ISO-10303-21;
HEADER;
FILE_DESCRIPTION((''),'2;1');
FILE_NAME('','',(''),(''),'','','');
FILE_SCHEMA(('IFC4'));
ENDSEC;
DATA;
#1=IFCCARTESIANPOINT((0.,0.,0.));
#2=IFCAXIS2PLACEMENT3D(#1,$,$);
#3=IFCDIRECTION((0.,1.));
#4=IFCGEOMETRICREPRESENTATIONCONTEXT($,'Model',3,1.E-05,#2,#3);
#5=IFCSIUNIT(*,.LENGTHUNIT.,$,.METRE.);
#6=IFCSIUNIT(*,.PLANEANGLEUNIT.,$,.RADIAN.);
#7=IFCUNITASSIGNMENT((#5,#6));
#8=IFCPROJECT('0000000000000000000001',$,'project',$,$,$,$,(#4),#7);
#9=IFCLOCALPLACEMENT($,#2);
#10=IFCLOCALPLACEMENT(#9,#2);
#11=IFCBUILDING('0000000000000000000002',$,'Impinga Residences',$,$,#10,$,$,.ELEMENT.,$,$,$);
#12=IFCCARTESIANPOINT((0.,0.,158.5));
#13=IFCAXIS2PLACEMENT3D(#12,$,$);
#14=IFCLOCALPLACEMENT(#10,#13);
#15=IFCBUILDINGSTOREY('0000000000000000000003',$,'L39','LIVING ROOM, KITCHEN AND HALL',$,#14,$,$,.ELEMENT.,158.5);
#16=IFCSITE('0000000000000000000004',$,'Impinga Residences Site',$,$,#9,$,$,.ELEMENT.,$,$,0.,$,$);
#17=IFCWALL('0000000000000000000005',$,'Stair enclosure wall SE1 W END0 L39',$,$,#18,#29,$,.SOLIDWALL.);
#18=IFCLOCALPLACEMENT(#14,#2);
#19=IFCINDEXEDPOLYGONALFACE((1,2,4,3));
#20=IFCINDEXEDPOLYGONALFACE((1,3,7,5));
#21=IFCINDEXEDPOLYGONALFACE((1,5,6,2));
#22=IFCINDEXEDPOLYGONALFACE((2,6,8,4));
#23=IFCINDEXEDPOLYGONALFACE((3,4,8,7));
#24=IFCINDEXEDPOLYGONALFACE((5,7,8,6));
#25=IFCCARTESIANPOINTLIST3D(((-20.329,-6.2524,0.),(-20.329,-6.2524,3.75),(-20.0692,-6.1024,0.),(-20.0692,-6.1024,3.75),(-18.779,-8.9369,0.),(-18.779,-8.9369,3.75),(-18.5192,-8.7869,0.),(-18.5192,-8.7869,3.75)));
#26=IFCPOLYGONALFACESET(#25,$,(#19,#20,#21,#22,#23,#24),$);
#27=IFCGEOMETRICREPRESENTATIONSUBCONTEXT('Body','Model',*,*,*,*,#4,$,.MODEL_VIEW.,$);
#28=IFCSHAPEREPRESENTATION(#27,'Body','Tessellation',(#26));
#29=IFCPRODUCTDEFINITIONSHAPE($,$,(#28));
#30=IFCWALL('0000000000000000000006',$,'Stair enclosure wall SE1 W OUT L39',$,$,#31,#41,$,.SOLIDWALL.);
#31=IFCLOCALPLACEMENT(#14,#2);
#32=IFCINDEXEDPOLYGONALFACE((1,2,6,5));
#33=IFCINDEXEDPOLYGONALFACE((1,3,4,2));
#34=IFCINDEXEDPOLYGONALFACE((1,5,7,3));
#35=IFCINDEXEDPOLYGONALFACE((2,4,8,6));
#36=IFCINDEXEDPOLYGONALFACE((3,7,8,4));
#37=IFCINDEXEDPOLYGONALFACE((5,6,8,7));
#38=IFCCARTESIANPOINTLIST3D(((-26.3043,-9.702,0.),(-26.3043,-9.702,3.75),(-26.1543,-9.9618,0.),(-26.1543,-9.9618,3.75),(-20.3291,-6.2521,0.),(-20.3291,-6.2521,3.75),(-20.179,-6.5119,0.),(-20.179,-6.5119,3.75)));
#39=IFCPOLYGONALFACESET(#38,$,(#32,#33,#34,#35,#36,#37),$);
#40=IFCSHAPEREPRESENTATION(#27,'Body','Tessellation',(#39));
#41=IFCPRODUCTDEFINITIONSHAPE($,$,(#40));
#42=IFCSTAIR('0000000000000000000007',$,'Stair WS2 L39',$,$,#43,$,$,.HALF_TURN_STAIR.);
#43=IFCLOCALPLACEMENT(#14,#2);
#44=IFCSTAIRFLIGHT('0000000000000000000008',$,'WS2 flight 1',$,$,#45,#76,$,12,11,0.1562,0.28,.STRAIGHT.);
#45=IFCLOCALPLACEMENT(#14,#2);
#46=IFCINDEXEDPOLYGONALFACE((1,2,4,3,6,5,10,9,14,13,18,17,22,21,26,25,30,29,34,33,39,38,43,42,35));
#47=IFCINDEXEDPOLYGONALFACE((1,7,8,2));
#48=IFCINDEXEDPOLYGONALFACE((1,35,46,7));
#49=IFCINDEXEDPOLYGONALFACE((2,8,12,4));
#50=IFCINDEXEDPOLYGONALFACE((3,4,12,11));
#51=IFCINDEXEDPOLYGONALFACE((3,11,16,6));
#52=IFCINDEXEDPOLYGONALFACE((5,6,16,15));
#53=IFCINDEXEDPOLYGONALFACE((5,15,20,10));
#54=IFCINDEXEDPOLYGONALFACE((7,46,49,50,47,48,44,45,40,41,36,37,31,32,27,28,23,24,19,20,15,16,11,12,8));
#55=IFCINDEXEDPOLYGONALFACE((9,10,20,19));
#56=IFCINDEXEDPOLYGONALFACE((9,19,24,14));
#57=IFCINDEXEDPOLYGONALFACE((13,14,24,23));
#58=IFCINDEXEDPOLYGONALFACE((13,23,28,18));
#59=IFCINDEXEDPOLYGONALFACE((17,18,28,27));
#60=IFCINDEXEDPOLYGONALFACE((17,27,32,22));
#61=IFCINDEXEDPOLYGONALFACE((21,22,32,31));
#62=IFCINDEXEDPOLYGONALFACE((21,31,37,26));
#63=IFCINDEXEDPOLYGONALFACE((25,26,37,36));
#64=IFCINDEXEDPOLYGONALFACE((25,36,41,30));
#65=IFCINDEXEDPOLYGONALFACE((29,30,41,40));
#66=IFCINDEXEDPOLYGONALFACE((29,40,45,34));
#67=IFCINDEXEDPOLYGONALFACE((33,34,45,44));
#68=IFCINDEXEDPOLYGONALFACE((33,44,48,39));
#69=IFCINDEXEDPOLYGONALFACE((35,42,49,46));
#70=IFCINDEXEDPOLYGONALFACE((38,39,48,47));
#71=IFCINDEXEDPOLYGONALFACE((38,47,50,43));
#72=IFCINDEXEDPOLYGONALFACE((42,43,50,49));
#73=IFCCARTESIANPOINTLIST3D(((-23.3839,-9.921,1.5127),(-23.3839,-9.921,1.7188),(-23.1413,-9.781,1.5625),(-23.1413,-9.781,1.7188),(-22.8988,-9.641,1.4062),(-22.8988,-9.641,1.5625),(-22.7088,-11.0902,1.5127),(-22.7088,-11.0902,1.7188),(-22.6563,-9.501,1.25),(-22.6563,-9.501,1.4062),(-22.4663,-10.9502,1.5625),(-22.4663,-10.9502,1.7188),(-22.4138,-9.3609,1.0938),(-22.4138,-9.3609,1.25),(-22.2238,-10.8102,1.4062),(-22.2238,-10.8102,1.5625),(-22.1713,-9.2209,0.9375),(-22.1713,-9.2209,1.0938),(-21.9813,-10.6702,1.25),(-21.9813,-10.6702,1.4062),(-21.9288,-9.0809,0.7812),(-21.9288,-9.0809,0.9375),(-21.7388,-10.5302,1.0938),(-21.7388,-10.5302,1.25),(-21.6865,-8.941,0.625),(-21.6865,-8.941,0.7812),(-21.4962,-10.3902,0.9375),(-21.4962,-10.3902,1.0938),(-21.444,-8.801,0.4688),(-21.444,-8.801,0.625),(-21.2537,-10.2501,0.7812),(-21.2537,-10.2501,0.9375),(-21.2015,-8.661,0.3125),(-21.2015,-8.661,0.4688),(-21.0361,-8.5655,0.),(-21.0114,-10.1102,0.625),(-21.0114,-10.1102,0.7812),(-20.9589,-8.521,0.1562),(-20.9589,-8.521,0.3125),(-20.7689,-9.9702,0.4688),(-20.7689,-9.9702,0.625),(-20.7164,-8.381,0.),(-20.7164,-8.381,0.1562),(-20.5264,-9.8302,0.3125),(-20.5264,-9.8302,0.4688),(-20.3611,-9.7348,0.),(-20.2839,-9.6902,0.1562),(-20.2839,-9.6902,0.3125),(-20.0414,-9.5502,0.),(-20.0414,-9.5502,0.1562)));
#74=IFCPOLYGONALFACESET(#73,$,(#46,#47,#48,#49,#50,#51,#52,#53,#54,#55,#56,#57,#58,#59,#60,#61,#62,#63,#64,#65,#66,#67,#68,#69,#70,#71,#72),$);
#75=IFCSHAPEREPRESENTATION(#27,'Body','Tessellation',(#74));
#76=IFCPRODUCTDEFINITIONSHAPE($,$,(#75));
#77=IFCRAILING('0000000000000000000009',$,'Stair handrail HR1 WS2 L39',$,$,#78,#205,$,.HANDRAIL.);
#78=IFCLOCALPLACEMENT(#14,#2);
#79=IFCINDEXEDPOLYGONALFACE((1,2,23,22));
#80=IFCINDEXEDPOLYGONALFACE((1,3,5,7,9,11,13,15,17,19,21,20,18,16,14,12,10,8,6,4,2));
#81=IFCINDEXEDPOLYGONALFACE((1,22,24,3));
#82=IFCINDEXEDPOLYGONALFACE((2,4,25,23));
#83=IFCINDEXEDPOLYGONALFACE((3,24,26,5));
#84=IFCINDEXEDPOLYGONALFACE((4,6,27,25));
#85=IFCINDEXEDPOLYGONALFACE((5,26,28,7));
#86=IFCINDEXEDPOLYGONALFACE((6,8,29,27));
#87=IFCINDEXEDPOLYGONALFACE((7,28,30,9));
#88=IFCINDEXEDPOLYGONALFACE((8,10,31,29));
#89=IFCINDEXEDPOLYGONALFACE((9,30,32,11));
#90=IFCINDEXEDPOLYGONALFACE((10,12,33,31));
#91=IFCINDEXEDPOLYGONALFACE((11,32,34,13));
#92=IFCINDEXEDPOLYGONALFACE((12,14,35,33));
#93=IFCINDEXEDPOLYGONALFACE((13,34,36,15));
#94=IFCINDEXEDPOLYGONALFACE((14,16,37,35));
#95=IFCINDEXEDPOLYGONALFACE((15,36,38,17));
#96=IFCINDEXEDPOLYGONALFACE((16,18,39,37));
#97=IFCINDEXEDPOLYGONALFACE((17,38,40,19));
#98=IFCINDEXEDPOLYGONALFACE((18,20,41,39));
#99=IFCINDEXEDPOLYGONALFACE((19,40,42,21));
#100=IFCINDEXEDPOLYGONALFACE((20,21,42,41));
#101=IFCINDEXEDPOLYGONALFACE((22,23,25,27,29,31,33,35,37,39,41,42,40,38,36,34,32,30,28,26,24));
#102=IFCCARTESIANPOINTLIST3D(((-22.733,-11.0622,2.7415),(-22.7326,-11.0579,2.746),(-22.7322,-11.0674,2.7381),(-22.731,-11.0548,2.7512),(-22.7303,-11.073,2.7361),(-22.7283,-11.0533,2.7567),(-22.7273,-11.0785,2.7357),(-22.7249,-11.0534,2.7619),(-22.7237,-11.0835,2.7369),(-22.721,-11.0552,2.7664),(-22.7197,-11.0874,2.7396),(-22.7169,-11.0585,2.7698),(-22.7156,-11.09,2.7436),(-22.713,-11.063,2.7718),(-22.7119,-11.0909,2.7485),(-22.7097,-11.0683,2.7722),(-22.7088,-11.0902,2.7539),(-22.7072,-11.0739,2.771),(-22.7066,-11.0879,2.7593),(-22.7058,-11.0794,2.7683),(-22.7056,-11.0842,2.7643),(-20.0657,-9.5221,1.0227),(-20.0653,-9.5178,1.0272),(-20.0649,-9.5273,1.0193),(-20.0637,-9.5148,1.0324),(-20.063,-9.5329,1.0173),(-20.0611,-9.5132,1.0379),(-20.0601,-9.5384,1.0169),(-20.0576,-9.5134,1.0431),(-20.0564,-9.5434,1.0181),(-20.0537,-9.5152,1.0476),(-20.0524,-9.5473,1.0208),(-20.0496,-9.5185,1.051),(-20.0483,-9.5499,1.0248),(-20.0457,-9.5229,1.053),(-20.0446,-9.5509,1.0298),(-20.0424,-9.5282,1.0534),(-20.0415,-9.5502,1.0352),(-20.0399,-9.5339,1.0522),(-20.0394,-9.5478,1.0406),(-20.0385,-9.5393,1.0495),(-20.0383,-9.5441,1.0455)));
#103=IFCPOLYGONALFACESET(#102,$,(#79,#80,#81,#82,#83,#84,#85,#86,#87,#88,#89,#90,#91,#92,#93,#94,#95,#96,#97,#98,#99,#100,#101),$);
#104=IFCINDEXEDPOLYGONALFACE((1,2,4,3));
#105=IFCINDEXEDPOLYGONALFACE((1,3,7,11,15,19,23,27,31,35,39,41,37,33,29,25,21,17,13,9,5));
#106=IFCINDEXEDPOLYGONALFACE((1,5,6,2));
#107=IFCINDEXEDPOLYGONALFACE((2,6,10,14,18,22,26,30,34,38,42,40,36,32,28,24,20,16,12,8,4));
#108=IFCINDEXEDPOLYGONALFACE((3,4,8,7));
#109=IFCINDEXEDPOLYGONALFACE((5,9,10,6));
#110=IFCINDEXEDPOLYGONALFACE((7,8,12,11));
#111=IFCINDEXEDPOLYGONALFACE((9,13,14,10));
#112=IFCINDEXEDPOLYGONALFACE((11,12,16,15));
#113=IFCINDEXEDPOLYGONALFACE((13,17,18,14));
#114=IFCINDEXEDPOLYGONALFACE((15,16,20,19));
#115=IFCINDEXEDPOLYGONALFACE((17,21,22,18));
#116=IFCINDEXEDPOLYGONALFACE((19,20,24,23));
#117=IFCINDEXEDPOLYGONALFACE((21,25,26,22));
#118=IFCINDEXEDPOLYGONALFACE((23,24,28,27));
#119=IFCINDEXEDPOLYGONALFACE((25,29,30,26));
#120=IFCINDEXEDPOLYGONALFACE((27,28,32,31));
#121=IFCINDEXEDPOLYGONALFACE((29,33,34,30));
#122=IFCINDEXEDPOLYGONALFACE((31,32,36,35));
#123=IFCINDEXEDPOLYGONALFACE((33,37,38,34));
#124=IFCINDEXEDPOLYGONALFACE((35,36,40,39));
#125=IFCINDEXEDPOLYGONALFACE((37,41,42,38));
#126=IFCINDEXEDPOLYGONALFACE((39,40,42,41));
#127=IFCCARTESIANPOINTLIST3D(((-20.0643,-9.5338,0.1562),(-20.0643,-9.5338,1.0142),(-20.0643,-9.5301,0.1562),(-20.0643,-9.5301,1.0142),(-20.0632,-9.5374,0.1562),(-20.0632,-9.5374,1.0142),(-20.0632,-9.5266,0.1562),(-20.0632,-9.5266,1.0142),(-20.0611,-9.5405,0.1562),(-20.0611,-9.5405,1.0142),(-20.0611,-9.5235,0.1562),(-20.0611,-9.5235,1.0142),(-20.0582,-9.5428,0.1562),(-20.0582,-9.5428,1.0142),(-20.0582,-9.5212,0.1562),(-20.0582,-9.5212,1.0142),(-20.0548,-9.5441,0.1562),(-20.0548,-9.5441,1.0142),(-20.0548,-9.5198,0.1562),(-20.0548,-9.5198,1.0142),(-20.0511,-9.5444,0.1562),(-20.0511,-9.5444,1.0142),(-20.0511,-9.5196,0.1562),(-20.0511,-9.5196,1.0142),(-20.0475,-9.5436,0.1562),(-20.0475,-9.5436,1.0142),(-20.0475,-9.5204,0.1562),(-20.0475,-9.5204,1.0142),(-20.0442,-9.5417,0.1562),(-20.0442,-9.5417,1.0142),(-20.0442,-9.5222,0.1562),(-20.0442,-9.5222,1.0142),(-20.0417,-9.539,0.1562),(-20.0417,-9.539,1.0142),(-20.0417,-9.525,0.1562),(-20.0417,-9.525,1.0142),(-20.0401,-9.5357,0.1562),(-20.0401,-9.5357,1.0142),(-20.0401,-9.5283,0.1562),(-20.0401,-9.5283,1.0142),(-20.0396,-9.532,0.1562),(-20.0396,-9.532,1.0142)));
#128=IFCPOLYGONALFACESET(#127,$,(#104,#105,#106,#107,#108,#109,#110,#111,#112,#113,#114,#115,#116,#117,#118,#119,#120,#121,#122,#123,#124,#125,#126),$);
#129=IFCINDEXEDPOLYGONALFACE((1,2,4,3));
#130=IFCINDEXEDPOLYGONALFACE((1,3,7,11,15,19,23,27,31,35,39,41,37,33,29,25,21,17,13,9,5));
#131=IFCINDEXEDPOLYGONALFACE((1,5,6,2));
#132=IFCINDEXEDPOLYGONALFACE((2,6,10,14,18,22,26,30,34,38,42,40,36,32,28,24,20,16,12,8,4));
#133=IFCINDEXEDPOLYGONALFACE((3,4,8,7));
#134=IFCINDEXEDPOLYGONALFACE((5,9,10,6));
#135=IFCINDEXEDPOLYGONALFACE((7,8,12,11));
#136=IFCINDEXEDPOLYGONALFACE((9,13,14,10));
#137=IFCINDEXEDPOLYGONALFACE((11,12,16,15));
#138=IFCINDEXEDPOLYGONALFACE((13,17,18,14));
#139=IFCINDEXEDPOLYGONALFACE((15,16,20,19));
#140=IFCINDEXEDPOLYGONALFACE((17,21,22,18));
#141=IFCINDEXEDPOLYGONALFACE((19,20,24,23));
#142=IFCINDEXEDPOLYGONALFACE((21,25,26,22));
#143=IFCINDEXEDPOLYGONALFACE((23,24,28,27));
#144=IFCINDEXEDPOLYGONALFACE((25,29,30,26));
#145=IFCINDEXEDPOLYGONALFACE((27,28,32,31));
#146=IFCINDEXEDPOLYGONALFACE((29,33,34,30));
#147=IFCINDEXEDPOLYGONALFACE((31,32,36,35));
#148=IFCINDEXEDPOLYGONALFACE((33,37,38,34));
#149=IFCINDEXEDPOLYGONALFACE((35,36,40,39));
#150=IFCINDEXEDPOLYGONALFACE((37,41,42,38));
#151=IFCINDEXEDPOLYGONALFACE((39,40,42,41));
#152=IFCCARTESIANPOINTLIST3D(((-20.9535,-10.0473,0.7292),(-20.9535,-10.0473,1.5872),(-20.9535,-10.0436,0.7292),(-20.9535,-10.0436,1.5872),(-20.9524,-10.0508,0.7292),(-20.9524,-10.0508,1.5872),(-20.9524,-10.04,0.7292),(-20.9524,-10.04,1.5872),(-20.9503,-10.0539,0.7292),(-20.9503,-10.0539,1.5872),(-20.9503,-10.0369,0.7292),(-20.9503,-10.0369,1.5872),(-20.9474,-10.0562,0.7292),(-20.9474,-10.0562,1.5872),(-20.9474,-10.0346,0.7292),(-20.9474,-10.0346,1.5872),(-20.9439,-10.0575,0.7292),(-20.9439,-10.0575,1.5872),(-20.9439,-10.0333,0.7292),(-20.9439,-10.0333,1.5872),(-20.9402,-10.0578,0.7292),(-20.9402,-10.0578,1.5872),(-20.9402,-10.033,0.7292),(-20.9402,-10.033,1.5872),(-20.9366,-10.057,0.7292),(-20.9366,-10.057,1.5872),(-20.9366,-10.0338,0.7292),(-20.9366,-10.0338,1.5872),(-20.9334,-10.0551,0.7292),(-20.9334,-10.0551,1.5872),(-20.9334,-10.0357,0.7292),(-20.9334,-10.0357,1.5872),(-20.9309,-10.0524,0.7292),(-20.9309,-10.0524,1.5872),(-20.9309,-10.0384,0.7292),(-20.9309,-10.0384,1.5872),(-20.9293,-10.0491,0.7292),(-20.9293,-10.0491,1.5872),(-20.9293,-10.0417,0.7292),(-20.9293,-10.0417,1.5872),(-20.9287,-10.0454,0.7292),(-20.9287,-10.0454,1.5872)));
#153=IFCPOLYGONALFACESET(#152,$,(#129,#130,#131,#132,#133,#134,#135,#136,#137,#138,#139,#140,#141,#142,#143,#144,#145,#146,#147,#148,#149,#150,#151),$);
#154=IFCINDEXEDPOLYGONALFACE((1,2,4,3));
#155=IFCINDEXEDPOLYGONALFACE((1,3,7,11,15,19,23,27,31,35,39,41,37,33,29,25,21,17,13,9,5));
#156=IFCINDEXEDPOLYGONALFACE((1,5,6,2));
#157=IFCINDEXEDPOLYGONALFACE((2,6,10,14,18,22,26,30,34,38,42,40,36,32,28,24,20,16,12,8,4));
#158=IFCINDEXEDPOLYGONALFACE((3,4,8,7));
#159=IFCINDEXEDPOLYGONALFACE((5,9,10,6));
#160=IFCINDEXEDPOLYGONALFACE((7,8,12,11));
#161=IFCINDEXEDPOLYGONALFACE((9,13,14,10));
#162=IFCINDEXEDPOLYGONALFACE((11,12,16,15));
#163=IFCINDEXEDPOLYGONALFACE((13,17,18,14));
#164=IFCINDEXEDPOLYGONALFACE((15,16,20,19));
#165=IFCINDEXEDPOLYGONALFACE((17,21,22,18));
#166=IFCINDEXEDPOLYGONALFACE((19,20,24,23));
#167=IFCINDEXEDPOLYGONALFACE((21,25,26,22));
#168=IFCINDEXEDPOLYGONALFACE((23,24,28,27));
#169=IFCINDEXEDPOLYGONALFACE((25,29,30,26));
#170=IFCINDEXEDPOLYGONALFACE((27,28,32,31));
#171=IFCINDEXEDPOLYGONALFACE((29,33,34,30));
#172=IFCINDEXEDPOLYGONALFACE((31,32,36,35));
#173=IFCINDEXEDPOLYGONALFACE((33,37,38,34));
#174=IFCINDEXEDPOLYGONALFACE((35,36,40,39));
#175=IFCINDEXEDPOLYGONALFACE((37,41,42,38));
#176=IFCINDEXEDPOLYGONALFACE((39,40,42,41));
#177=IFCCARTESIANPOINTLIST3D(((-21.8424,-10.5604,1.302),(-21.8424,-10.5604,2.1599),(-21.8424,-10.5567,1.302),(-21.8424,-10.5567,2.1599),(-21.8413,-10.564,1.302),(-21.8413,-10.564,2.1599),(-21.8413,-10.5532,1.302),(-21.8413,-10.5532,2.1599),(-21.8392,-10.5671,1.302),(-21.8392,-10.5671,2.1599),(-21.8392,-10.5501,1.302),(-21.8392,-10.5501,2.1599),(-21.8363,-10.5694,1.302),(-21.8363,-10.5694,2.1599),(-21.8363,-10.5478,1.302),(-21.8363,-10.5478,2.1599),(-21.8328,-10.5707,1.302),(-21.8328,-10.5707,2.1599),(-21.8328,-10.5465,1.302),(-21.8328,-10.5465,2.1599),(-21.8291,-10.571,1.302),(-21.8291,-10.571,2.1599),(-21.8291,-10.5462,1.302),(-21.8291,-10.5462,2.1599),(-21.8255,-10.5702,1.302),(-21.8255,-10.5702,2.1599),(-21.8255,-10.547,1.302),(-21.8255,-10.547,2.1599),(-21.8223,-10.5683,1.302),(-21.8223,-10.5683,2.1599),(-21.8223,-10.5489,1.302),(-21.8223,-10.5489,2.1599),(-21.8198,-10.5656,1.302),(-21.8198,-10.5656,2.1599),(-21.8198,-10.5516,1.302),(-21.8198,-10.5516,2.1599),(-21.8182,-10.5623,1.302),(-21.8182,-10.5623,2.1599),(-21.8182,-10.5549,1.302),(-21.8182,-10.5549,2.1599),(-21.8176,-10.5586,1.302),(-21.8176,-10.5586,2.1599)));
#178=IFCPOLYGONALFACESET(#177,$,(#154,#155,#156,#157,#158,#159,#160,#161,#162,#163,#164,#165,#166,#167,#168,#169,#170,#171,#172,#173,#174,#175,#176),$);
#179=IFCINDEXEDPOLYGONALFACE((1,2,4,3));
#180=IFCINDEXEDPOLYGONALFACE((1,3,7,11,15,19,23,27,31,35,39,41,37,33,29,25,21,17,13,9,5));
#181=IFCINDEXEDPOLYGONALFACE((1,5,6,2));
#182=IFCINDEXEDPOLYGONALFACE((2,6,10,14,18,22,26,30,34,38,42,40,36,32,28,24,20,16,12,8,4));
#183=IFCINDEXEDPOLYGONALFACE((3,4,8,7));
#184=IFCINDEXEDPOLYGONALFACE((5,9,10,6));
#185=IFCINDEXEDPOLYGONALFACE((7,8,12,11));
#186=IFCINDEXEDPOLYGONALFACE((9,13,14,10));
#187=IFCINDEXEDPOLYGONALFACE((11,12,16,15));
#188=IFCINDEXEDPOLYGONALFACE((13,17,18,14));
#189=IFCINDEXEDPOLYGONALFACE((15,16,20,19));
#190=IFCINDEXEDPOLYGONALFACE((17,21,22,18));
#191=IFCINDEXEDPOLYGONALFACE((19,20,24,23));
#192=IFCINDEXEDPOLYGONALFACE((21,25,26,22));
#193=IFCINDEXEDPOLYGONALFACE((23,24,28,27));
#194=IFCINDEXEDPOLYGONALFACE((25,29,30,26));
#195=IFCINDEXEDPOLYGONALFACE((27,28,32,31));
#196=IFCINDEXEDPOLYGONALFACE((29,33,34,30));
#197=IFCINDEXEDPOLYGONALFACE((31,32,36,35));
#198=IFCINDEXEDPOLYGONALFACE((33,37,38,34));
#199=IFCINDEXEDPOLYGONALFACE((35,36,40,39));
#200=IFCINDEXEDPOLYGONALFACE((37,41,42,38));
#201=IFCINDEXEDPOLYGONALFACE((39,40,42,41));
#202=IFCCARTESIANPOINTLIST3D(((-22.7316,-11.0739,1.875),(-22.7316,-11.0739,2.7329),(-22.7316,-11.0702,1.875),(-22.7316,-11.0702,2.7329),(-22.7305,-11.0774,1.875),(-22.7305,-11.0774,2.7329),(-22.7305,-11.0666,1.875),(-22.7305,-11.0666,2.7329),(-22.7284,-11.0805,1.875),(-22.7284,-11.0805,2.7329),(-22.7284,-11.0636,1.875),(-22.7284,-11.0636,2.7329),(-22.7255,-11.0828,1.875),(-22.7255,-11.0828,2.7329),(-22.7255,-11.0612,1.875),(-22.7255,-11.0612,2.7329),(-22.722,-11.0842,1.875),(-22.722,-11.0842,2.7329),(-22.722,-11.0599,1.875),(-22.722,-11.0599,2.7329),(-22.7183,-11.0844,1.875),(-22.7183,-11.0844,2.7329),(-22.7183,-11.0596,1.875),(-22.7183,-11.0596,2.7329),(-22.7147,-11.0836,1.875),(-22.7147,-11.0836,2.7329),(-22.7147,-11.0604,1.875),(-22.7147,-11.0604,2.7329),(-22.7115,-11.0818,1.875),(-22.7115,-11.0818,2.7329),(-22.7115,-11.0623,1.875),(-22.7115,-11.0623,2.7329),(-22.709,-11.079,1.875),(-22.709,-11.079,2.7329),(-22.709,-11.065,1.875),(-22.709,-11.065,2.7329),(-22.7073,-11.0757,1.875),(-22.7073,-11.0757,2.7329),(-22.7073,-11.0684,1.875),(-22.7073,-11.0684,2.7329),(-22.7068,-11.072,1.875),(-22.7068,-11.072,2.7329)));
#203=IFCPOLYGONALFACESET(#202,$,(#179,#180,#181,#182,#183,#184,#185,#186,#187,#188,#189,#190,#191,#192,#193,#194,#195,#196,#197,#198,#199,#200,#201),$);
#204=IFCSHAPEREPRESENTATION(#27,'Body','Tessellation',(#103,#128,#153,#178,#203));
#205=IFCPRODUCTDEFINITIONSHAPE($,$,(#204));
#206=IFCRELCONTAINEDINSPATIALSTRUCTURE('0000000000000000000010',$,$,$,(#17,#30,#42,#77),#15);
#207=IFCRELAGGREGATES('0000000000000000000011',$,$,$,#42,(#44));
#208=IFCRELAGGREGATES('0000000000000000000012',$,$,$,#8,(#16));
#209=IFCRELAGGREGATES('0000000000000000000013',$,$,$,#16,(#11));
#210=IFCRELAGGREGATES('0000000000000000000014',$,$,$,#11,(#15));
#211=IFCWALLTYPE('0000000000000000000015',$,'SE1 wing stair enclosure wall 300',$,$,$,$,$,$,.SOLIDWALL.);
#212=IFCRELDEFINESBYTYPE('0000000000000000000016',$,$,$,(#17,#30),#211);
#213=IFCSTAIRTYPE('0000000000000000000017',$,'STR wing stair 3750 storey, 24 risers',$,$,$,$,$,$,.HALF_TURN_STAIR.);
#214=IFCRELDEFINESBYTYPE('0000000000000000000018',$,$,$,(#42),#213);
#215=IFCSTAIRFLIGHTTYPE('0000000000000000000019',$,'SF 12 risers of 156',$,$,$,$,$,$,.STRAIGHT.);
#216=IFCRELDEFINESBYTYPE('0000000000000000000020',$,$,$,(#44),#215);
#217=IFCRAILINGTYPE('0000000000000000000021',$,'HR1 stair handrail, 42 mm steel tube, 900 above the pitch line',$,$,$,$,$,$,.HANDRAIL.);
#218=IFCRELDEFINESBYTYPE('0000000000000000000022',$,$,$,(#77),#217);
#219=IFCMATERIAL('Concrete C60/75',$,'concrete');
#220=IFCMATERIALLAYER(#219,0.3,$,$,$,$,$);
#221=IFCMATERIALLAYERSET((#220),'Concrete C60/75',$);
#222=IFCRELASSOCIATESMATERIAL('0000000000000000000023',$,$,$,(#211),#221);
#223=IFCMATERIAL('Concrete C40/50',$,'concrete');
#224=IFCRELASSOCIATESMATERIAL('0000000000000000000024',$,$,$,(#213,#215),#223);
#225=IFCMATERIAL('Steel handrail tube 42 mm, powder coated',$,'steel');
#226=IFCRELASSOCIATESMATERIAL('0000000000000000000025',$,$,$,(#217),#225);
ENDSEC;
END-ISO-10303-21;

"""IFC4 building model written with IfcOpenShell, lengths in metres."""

from ifc_helpers import new_model, si_unit, direction, frame, frame_2d, origin, origin_2d, place, context, subcontext, project, spatial, polyline, rectangle, circle, outline, extrude, material, layer, layer_set, type_object, element, aggregate, save


model = new_model("IFC4")

# Units and contexts
model_context = context("Model", 3, precision=1e-05, world=origin(), true_north=direction((0.0, 1.0)))
body_context = subcontext(model_context, "Body", "Model", "MODEL_VIEW")
ifc_project = project(units=[si_unit("LENGTHUNIT", "METRE"), si_unit("PLANEANGLEUNIT", "RADIAN")], contexts=[model_context])

# Site, building, storey
site_placement = place(None, origin())
site = spatial("IfcSite", under=ifc_project, at=site_placement, Name="Impinga Residences Site", CompositionType="ELEMENT", RefElevation=0.0)
building_placement = place(site_placement, origin())
building = spatial("IfcBuilding", under=site, at=building_placement, Name="Impinga Residences", CompositionType="ELEMENT")
storey_placement = place(building_placement, frame((0.0, 0.0, 158.5)))
storey = spatial("IfcBuildingStorey", under=building, at=storey_placement, Name="L39", Description="LIVING ROOM, KITCHEN AND HALL", CompositionType="ELEMENT", Elevation=158.5)

# Shared definitions
ifc_material_1 = material(Name="Concrete C60/75", Category="concrete")

# Walls
ifc_layer_1 = layer(ifc_material_1, 0.3)
ifc_layer_set_1 = layer_set([ifc_layer_1], Name="Concrete C60/75")
wall_type_1 = type_object("IfcWallType", Name="SE1 wing stair enclosure wall 300", PredefinedType="SOLIDWALL", material=ifc_layer_set_1)
wall_1_placement = place(storey_placement, frame((-18.6492, -8.8618, 0.0), z_axis=(0.0, 0.0, 1.0), x_axis=(-0.500027, 0.86601, 0.0)))
element("IfcWall", 1, at=wall_1_placement, inside=storey, type_object=wall_type_1, Name="Stair enclosure wall SE1 W END0 L39", PredefinedType="SOLIDWALL", context=body_context, shape_type="SweptSolid", body=[
    extrude(rectangle(XDim=3.0999, YDim=0.3, at=frame_2d((1.5498, 0.0))), origin(), (0.0, 0.0, 1.0), 3.75),
])
wall_2_placement = place(storey_placement, frame((-20.2542, -6.3821, 0.0), z_axis=(0.0, 0.0, 1.0), x_axis=(-0.86602, -0.500009, 0.0)))
element("IfcWall", 2, at=wall_2_placement, inside=storey, type_object=wall_type_1, Name="Stair enclosure wall SE1 W OUT L39", PredefinedType="SOLIDWALL", context=body_context, shape_type="SweptSolid", body=[
    extrude(rectangle(XDim=6.8997, YDim=0.3, at=frame_2d((3.4497, 0.0))), origin(), (0.0, 0.0, 1.0), 3.75),
])

# Stair, stair flight
ifc_material_2 = material(Name="Concrete C40/50", Category="concrete")
stair_type = type_object("IfcStairType", Name="STR wing stair 3750 storey, 24 risers", PredefinedType="HALF_TURN_STAIR", material=ifc_material_2)
stair_placement = place(storey_placement, origin())
stair = element("IfcStair", 3, at=stair_placement, inside=storey, type_object=stair_type, Name="Stair WS2 L39", PredefinedType="HALF_TURN_STAIR")
stair_flight_type = type_object("IfcStairFlightType", Name="SF 12 risers of 156", PredefinedType="STRAIGHT", material=ifc_material_2)
stair_flight_placement = place(storey_placement, frame((-20.3789, -8.9656, 0.0), z_axis=(0.0, 0.0, 1.0), x_axis=(-0.866025, -0.5, 0.0)))
stair_flight = element("IfcStairFlight", 4, at=stair_flight_placement, type_object=stair_flight_type, Name="WS2 flight 1", NumberOfRisers=12, NumberOfTreads=11, PredefinedType="STRAIGHT", RiserHeight=0.1562, TreadLength=0.28, context=body_context, shape_type="SweptSolid", body=[
    extrude(outline(polyline([(0.0, 0.0), (0.0, 0.1562), (0.28, 0.1562), (0.28, 0.3125), (0.5601, 0.3125), (0.5601, 0.4688), (0.8401, 0.4688), (0.8401, 0.625), (1.1201, 0.625), (1.1201, 0.7812), (1.3999, 0.7812), (1.3999, 0.9375), (1.6799, 0.9375), (1.6799, 1.0938), (1.96, 1.0938), (1.96, 1.25), (2.24, 1.25), (2.24, 1.4062), (2.52, 1.4062), (2.52, 1.5625), (2.8, 1.5625), (2.8, 1.7188), (3.0801, 1.7188), (3.0801, 1.875), (3.0801, 1.5127), (0.3691, 0.0), (0.0, 0.0)])), frame((0.0, 0.675, 0.0), z_axis=(0.0, -1.0, 0.0), x_axis=(1.0, 0.0, 0.0)), (0.0, 0.0, 1.0), 1.3501),
])
aggregate(stair, [stair_flight])

# Railing
ifc_material_3 = material(Name="Steel handrail tube 42 mm, powder coated", Category="steel")
railing_type = type_object("IfcRailingType", Name="HR1 stair handrail, 42 mm steel tube, 900 above the pitch line", PredefinedType="HANDRAIL", material=ifc_material_3)
railing_placement = place(storey_placement, frame((-20.052, -9.532, 0.1562)))
element("IfcRailing", 5, at=railing_placement, inside=storey, type_object=railing_type, Name="Stair handrail HR1 WS2 L39", PredefinedType="HANDRAIL", context=body_context, shape_type="SweptSolid", body=[
    extrude(circle(Radius=0.021, at=origin_2d()), frame((0.0, 0.0, 0.8789), z_axis=(-0.756226, -0.436639, 0.487307), x_axis=(0.500027, -0.86601, 0.0)), (0.0, 0.0, 1.0), 3.5271),
    extrude(circle(Radius=0.0125, at=origin_2d()), origin(), (0.0, 0.0, 1.0), 0.8579),
    extrude(circle(Radius=0.0125, at=origin_2d()), frame((-0.8892, -0.5134, 0.573)), (0.0, 0.0, 1.0), 0.8579),
    extrude(circle(Radius=0.0125, at=origin_2d()), frame((-1.7781, -1.0266, 1.1458)), (0.0, 0.0, 1.0), 0.8579),
    extrude(circle(Radius=0.0125, at=origin_2d()), frame((-2.6672, -1.54, 1.7188)), (0.0, 0.0, 1.0), 0.8579),
])

save(model, "model.ifc")
